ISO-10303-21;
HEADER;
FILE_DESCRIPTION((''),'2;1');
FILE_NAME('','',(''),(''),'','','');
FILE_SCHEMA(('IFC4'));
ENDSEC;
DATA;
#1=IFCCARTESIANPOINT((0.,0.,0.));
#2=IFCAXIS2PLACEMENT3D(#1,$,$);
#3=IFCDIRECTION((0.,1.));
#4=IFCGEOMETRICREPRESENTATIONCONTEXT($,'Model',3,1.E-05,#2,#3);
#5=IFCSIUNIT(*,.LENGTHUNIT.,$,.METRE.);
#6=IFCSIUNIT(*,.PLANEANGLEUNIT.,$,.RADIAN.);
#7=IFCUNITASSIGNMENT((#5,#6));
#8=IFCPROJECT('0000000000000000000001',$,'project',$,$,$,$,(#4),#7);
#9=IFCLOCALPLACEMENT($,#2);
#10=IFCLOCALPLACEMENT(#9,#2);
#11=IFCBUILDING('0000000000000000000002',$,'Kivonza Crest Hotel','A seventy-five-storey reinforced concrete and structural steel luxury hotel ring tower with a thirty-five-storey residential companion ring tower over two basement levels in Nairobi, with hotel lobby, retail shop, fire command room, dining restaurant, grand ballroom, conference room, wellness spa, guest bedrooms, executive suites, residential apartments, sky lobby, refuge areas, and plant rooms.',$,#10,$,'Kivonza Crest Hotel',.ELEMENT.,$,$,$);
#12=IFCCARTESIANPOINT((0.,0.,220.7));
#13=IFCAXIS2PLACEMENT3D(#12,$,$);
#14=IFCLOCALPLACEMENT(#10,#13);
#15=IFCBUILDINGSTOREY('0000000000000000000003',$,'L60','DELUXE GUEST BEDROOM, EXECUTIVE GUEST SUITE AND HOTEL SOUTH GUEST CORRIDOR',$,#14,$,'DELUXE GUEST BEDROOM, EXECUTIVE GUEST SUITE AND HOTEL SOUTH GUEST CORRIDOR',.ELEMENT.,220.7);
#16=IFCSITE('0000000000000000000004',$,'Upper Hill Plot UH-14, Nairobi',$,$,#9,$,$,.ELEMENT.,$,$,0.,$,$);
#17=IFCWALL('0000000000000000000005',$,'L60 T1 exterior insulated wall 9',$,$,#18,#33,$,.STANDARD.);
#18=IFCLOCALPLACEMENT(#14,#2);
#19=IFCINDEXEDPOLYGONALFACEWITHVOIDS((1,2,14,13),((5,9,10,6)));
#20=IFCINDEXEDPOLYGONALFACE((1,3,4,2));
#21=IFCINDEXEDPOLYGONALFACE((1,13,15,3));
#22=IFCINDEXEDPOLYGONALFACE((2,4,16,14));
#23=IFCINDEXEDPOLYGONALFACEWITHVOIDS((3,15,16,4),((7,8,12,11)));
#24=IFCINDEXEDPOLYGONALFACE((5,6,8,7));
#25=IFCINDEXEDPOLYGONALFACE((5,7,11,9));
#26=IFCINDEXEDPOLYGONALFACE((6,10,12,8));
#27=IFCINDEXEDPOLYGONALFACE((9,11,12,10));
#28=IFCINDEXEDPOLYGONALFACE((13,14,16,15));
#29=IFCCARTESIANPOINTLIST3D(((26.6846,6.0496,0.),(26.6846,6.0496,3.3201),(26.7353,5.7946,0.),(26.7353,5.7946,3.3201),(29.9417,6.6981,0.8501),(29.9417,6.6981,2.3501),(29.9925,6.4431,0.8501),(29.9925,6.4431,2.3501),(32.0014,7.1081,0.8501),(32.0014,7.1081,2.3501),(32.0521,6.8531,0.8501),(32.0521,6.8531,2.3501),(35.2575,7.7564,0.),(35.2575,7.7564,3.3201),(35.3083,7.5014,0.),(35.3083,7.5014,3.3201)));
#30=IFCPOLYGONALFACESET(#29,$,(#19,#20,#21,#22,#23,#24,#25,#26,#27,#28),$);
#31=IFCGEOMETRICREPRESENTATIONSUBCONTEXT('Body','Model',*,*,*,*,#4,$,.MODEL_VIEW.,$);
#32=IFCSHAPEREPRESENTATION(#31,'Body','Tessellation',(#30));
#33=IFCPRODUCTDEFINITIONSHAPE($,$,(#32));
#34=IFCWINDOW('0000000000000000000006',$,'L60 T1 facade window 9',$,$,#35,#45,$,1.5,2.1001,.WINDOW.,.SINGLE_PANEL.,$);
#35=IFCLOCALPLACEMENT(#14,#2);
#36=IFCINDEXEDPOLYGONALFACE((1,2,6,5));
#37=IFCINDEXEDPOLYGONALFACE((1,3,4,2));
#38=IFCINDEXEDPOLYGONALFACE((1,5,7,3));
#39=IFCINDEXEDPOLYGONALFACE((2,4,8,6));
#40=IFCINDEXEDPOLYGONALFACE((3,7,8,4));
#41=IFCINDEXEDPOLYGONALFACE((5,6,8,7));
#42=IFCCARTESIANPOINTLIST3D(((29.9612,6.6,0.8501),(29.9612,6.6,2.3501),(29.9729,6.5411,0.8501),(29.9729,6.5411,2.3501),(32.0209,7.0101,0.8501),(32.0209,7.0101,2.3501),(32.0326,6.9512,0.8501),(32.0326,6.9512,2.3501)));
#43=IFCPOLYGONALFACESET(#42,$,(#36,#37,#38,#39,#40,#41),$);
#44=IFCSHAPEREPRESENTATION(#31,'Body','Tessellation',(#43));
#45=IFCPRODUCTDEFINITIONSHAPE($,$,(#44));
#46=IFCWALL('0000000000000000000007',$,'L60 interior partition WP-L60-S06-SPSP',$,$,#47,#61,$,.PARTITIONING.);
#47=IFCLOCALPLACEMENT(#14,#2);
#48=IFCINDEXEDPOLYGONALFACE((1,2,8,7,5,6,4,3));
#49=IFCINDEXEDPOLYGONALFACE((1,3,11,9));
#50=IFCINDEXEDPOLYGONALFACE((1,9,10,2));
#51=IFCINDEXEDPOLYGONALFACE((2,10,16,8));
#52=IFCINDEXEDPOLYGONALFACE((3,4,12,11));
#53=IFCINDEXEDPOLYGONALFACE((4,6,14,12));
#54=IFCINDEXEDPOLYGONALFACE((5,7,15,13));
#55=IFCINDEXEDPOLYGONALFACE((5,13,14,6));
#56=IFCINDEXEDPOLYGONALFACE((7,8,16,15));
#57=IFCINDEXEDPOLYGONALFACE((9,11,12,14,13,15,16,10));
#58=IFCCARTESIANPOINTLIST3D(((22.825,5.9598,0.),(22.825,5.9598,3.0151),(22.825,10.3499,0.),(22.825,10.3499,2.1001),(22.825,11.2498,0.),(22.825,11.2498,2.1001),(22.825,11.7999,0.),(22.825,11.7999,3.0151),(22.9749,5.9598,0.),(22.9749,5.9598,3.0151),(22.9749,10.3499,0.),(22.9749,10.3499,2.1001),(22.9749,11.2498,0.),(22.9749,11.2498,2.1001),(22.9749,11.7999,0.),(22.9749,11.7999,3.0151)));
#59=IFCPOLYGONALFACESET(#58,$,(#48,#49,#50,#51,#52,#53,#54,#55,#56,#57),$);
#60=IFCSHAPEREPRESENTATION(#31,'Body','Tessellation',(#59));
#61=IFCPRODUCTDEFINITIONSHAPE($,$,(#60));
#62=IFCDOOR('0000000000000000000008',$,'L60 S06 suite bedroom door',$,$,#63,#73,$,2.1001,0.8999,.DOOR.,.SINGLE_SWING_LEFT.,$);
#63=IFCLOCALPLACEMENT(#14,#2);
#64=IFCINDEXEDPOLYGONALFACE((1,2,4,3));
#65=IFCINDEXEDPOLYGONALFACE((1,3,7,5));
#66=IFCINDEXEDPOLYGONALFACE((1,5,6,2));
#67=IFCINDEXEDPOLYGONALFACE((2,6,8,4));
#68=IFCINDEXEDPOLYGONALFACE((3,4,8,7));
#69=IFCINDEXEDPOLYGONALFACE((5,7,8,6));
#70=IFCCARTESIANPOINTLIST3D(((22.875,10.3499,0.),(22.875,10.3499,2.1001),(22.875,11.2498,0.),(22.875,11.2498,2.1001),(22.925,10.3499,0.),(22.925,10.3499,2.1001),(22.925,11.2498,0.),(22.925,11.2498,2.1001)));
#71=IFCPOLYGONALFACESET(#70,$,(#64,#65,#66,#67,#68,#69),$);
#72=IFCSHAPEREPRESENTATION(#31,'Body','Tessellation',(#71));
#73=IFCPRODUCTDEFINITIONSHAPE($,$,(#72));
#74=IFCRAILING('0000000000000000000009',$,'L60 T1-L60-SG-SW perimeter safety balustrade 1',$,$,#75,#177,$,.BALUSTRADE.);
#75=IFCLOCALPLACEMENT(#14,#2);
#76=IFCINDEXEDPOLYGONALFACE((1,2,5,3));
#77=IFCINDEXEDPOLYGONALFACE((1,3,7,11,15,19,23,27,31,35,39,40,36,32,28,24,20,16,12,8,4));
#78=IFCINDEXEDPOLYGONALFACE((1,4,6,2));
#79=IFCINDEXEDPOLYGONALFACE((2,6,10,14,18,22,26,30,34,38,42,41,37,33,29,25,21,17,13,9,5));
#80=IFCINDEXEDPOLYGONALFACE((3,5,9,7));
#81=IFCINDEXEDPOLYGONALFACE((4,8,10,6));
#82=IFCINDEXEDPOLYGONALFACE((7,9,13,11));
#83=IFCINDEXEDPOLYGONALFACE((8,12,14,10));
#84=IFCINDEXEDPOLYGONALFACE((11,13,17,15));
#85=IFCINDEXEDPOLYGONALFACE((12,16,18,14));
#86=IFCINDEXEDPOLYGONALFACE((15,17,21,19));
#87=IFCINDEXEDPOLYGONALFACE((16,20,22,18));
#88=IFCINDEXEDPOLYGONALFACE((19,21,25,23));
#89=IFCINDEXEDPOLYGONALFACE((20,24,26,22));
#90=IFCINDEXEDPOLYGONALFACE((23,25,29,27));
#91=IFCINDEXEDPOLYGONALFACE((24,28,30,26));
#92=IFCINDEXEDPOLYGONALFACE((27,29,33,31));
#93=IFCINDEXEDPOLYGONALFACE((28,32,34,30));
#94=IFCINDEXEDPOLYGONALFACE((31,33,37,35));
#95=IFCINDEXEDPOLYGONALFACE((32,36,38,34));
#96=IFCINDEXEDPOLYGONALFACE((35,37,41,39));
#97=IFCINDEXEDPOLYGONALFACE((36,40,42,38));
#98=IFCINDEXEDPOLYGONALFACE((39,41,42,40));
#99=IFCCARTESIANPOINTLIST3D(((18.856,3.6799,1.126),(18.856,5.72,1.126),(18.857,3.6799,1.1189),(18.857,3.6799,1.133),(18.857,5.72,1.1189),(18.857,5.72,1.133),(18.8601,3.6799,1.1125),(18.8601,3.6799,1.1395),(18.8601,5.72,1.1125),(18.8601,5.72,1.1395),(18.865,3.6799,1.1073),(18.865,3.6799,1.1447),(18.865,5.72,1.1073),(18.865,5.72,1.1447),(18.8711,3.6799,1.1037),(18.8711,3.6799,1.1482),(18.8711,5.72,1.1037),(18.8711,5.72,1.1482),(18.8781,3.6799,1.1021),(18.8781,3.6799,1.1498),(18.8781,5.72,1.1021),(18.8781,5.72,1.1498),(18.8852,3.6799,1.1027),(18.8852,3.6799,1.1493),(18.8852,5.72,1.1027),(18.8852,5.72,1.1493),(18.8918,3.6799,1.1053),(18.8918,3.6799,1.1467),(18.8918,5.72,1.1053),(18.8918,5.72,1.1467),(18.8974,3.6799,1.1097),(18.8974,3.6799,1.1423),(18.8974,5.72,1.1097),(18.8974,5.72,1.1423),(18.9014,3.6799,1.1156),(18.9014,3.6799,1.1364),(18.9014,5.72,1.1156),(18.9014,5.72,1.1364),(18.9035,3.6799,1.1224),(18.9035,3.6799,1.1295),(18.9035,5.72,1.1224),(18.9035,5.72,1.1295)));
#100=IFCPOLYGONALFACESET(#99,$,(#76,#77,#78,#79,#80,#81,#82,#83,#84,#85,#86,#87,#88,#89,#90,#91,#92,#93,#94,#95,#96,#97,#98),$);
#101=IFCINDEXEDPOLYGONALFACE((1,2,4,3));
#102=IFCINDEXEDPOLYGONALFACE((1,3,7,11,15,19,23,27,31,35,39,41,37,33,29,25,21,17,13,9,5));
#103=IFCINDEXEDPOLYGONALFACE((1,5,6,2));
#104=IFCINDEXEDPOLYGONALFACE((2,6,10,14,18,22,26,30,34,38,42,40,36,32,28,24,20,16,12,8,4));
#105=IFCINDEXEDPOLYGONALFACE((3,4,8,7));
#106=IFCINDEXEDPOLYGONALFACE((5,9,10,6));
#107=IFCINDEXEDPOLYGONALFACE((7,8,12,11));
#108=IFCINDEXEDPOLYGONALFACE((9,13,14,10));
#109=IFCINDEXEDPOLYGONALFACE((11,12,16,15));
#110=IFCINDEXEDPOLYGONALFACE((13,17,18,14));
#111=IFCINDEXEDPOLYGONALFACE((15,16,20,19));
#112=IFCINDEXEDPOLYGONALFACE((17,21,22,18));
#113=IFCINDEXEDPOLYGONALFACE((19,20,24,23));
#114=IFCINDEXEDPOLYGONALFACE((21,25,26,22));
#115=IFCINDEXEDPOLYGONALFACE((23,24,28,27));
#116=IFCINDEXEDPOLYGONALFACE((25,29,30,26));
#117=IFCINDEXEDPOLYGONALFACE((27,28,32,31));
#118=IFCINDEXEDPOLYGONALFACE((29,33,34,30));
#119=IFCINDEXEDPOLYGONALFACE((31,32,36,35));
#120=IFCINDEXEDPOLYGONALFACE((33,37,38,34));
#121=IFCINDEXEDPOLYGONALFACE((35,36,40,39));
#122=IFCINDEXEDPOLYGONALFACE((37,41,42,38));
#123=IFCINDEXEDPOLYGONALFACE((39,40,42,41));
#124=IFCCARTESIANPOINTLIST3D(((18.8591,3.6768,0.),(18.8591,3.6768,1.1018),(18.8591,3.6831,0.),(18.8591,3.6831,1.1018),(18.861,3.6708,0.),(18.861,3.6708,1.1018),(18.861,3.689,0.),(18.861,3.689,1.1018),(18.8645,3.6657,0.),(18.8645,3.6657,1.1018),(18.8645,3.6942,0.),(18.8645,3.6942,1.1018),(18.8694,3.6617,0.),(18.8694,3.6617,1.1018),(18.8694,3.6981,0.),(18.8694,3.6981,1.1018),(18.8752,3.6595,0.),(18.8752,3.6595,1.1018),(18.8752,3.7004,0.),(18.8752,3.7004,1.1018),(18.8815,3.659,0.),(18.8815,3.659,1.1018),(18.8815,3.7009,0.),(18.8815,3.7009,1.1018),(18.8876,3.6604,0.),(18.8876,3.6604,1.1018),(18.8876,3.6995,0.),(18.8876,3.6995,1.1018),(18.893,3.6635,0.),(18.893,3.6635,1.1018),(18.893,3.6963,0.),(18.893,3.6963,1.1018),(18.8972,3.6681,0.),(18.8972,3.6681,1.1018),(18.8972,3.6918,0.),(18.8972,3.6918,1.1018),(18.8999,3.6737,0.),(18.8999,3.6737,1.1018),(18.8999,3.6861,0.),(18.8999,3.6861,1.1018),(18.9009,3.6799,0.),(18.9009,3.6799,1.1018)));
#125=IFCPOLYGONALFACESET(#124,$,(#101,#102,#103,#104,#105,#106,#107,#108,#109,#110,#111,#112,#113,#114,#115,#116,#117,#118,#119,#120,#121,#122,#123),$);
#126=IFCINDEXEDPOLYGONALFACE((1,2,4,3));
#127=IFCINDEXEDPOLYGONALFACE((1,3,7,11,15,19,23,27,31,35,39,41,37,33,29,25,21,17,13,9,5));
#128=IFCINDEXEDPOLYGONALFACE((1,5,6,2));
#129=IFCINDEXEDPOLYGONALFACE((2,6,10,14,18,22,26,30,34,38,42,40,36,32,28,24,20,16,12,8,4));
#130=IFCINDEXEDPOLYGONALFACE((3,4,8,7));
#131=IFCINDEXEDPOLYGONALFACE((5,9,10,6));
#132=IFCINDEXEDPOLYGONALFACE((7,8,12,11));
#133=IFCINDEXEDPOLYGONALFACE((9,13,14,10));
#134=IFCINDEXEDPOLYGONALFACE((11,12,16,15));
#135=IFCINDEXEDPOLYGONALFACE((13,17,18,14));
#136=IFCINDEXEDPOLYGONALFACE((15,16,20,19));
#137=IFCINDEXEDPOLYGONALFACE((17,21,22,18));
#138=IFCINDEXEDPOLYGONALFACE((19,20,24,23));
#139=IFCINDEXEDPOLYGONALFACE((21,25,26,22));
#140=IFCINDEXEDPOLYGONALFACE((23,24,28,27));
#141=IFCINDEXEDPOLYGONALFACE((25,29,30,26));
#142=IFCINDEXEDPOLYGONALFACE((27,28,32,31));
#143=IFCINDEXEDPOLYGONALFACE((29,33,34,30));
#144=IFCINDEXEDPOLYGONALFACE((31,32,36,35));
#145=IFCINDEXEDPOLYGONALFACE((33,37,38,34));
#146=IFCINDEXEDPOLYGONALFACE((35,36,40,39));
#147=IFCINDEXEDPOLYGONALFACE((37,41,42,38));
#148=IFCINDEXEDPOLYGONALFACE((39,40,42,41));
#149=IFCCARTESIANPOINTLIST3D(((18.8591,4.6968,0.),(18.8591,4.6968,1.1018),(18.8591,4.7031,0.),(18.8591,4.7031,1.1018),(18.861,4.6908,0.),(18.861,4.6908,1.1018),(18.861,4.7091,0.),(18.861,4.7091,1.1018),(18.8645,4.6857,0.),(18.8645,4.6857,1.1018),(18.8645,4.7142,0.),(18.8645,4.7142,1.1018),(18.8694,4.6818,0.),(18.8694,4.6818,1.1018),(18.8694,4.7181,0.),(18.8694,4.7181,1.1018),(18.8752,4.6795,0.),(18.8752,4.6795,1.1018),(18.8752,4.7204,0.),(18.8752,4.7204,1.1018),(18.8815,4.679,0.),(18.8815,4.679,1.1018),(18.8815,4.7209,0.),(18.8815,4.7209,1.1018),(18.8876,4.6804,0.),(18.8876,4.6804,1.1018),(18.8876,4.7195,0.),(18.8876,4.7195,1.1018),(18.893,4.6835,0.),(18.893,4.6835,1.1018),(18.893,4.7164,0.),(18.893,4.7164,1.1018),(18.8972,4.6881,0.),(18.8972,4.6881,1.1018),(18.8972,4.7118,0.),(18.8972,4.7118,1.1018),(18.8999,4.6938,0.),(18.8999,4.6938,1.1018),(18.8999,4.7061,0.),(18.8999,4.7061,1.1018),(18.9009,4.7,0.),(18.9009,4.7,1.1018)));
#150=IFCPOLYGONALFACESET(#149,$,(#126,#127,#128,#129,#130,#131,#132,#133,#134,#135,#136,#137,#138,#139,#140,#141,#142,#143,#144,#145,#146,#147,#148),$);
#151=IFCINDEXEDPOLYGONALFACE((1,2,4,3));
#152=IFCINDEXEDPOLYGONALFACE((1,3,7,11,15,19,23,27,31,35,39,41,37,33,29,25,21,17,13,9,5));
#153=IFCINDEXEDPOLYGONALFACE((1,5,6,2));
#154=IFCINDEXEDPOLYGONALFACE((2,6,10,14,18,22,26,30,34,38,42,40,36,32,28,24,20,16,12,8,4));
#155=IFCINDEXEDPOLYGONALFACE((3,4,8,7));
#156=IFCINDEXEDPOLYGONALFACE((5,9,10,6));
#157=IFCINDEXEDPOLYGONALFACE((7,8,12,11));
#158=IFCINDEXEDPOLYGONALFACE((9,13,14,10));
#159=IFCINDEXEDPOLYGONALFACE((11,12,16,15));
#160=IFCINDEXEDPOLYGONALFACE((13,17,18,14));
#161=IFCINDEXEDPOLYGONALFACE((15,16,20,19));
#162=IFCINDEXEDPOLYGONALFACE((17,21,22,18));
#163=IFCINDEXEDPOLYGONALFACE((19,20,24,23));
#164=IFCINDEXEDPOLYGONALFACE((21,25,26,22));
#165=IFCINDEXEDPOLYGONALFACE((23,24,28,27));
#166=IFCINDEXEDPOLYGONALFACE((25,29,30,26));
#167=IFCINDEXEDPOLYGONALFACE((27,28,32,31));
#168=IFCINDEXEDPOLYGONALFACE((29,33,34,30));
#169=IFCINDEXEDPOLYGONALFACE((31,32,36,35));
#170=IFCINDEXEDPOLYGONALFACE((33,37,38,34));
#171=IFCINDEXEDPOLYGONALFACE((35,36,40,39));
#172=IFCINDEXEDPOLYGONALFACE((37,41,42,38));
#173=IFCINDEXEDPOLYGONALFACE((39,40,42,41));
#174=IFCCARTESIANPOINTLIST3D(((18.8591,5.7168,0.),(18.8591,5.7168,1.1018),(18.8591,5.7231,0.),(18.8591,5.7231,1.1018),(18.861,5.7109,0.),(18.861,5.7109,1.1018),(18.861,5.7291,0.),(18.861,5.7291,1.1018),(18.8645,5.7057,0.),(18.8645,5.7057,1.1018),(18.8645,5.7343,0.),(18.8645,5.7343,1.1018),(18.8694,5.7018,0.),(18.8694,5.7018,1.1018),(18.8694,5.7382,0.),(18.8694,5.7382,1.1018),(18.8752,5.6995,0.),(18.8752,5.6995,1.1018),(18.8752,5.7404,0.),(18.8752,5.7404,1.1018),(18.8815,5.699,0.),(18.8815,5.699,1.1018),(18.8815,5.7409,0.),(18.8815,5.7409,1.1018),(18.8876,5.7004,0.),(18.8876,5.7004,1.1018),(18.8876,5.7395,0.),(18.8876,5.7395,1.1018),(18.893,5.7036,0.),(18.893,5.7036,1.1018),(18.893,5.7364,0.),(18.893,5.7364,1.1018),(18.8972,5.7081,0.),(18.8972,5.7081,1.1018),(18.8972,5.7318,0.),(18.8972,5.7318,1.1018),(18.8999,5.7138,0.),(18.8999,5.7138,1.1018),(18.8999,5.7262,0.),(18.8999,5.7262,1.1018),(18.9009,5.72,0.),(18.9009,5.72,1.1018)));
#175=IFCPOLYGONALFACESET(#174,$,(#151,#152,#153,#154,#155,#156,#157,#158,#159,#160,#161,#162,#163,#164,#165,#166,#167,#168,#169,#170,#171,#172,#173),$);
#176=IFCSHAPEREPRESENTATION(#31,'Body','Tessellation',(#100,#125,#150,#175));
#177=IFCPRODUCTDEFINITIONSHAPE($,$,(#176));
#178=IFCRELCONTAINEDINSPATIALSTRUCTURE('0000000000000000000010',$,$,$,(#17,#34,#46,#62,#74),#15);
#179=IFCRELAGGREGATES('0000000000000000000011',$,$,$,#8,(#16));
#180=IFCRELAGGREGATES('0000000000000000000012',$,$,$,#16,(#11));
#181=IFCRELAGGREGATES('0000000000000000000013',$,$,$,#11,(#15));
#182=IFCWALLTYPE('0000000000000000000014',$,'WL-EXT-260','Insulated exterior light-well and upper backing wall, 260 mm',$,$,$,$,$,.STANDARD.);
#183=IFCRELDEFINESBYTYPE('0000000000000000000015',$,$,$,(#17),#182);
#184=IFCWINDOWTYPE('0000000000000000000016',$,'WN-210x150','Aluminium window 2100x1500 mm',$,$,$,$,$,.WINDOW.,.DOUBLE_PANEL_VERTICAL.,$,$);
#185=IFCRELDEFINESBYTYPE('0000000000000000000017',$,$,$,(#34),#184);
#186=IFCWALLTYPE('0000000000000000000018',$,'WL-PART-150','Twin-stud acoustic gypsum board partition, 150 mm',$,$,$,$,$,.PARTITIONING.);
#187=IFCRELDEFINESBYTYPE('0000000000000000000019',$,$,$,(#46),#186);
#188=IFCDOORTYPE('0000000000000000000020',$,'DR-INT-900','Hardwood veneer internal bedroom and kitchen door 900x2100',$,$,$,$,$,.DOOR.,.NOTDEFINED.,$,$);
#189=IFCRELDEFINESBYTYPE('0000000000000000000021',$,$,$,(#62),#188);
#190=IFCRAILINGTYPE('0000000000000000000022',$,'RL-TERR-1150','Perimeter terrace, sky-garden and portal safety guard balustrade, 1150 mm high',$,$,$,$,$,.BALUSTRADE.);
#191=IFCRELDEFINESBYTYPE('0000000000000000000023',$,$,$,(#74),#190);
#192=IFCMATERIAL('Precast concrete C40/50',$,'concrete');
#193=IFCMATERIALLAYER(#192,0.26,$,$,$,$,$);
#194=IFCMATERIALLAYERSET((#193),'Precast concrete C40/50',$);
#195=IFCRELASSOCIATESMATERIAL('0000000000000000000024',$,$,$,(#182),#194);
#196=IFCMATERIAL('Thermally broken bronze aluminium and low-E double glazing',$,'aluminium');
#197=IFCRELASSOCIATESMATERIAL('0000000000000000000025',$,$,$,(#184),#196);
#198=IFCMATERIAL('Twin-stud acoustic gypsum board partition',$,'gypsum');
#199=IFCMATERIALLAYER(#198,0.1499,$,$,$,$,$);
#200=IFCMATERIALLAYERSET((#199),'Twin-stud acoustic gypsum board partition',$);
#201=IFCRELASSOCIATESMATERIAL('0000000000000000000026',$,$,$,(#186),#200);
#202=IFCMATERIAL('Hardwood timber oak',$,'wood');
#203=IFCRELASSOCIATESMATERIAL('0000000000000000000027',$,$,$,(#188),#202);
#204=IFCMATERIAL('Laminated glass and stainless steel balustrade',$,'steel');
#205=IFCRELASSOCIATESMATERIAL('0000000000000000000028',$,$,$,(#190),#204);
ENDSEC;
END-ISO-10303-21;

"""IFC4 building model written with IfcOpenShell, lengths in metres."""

from ifc_helpers import new_model, si_unit, direction, frame, frame_2d, origin, origin_2d, place, context, subcontext, project, spatial, rectangle, circle, extrude, material, layer, layer_set, type_object, element, fill, save


model = new_model("IFC4")

# Units and contexts
model_context = context("Model", 3, precision=1e-05, world=origin(), true_north=direction((0.0, 1.0)))
body_context = subcontext(model_context, "Body", "Model", "MODEL_VIEW")
ifc_project = project(units=[si_unit("LENGTHUNIT", "METRE"), si_unit("PLANEANGLEUNIT", "RADIAN")], contexts=[model_context])

# Site, building, storey
site_placement = place(None, origin())
site = spatial("IfcSite", under=ifc_project, at=site_placement, Name="Upper Hill Plot UH-14, Nairobi", CompositionType="ELEMENT", RefElevation=0.0)
building_placement = place(site_placement, origin())
building = spatial("IfcBuilding", under=site, at=building_placement, Name="Kivonza Crest Hotel", Description="A seventy-five-storey reinforced concrete and structural steel luxury hotel ring tower with a thirty-five-storey residential companion ring tower over two basement levels in Nairobi, with hotel lobby, retail shop, fire command room, dining restaurant, grand ballroom, conference room, wellness spa, guest bedrooms, executive suites, residential apartments, sky lobby, refuge areas, and plant rooms.", LongName="Kivonza Crest Hotel", CompositionType="ELEMENT")
storey_placement = place(building_placement, frame((0.0, 0.0, 220.7)))
storey = spatial("IfcBuildingStorey", under=building, at=storey_placement, Name="L60", Description="DELUXE GUEST BEDROOM, EXECUTIVE GUEST SUITE AND HOTEL SOUTH GUEST CORRIDOR", LongName="DELUXE GUEST BEDROOM, EXECUTIVE GUEST SUITE AND HOTEL SOUTH GUEST CORRIDOR", CompositionType="ELEMENT", Elevation=220.7)

# Shared definitions
ifc_material_1 = material(Name="Hardwood timber oak", Category="wood")

# Wall, opening, window
ifc_material_2 = material(Name="Precast concrete C40/50", Category="concrete")
ifc_layer_1 = layer(ifc_material_2, 0.26)
ifc_layer_set_1 = layer_set([ifc_layer_1], Name="Precast concrete C40/50")
wall_type_1 = type_object("IfcWallType", Name="WL-EXT-260", Description="Insulated exterior light-well and upper backing wall, 260 mm", PredefinedType="STANDARD", material=ifc_layer_set_1)
wall_1_placement = place(storey_placement, frame((26.71, 5.9221, 0.0), z_axis=(0.0, 0.0, 1.0), x_axis=(0.980752, 0.195257, 0.0)))
wall_1 = element("IfcWall", 1, at=wall_1_placement, inside=storey, type_object=wall_type_1, Name="L60 T1 exterior insulated wall 9", PredefinedType="STANDARD", context=body_context, shape_type="SweptSolid", body=[
    extrude(rectangle(XDim=8.7412, YDim=0.26, at=frame_2d((4.3706, 0.0))), origin(), (0.0, 0.0, 1.0), 3.3201),
])
opening_1_placement = place(wall_1_placement, frame((3.321, 0.0, 0.8501)))
opening_1 = element("IfcOpeningElement", 2, at=opening_1_placement, cuts=wall_1, PredefinedType="OPENING", context=body_context, shape_type="SweptSolid", body=[
    extrude(rectangle(XDim=2.1001, YDim=1.5, at=frame_2d((1.05, 0.75))), frame((0.0, 0.1401, 0.0), z_axis=(0.0, -1.0, 0.0), x_axis=(1.0, 0.0, 0.0)), (0.0, 0.0, 1.0), 0.28),
])
ifc_material_3 = material(Name="Thermally broken bronze aluminium and low-E double glazing", Category="aluminium")
window_type = type_object("IfcWindowType", Name="WN-210x150", Description="Aluminium window 2100x1500 mm", PartitioningType="DOUBLE_PANEL_VERTICAL", PredefinedType="WINDOW", material=ifc_material_3)
window_placement = place(opening_1_placement, origin())
window = element("IfcWindow", 3, at=window_placement, inside=storey, type_object=window_type, Name="L60 T1 facade window 9", OverallHeight=1.5, OverallWidth=2.1001, PartitioningType="SINGLE_PANEL", PredefinedType="WINDOW", context=body_context, shape_type="SweptSolid", body=[
    extrude(rectangle(XDim=2.1001, YDim=1.5, at=frame_2d((1.05, 0.75))), frame((0.0, 0.03, 0.0), z_axis=(0.0, -1.0, 0.0), x_axis=(1.0, 0.0, 0.0)), (0.0, 0.0, 1.0), 0.0601),
])
fill(opening_1, window)

# Wall, opening, door
ifc_material_4 = material(Name="Twin-stud acoustic gypsum board partition", Category="gypsum")
ifc_layer_2 = layer(ifc_material_4, 0.1499)
ifc_layer_set_2 = layer_set([ifc_layer_2], Name="Twin-stud acoustic gypsum board partition")
wall_type_2 = type_object("IfcWallType", Name="WL-PART-150", Description="Twin-stud acoustic gypsum board partition, 150 mm", PredefinedType="PARTITIONING", material=ifc_layer_set_2)
wall_2_placement = place(storey_placement, frame((22.8999, 5.96, 0.0), z_axis=(0.0, 0.0, 1.0), x_axis=(0.0, 1.0, 0.0)))
wall_2 = element("IfcWall", 4, at=wall_2_placement, inside=storey, type_object=wall_type_2, Name="L60 interior partition WP-L60-S06-SPSP", PredefinedType="PARTITIONING", context=body_context, shape_type="SweptSolid", body=[
    extrude(rectangle(XDim=5.8401, YDim=0.1499, at=frame_2d((2.9199, 0.0))), origin(), (0.0, 0.0, 1.0), 3.0151),
])
opening_2_placement = place(wall_2_placement, frame((4.3899, 0.0, 0.0)))
opening_2 = element("IfcOpeningElement", 5, at=opening_2_placement, cuts=wall_2, PredefinedType="OPENING", context=body_context, shape_type="SweptSolid", body=[
    extrude(rectangle(XDim=0.8999, YDim=2.1001, at=frame_2d((0.45, 1.05))), frame((0.0, 0.085, 0.0), z_axis=(0.0, -1.0, 0.0), x_axis=(1.0, 0.0, 0.0)), (0.0, 0.0, 1.0), 0.1699),
])
door_type_1 = type_object("IfcDoorType", Name="DR-INT-900", Description="Hardwood veneer internal bedroom and kitchen door 900x2100", OperationType="NOTDEFINED", PredefinedType="DOOR", material=ifc_material_1)
door_1_placement = place(opening_2_placement, origin())
door_1 = element("IfcDoor", 6, at=door_1_placement, inside=storey, type_object=door_type_1, Name="L60 S06 suite bedroom door", OperationType="SINGLE_SWING_LEFT", OverallHeight=2.1001, OverallWidth=0.8999, PredefinedType="DOOR", context=body_context, shape_type="SweptSolid", body=[
    extrude(rectangle(XDim=0.8999, YDim=2.1001, at=frame_2d((0.45, 1.05))), frame((0.0, 0.0249, 0.0), z_axis=(0.0, -1.0, 0.0), x_axis=(1.0, 0.0, 0.0)), (0.0, 0.0, 1.0), 0.05),
])
fill(opening_2, door_1)

# Railing
ifc_material_5 = material(Name="Laminated glass and stainless steel balustrade", Category="steel")
railing_type = type_object("IfcRailingType", Name="RL-TERR-1150", Description="Perimeter terrace, sky-garden and portal safety guard balustrade, 1150 mm high", PredefinedType="BALUSTRADE", material=ifc_material_5)
railing_1_placement = place(storey_placement, frame((18.8799, 3.6799, 0.0)))
element("IfcRailing", 7, at=railing_1_placement, inside=storey, type_object=railing_type, Name="L60 T1-L60-SG-SW perimeter safety balustrade 1", PredefinedType="BALUSTRADE", context=body_context, shape_type="SweptSolid", body=[
    extrude(circle(Radius=0.0239, at=origin_2d()), frame((0.0, 0.0, 1.126), z_axis=(0.0, 1.0, 0.0), x_axis=(-1.0, 0.0, 0.0)), (0.0, 0.0, 1.0), 2.04),
    extrude(circle(Radius=0.021, at=origin_2d()), origin(), (0.0, 0.0, 1.0), 1.1018),
    extrude(circle(Radius=0.021, at=origin_2d()), frame((0.0, 1.02, 0.0)), (0.0, 0.0, 1.0), 1.1018),
    extrude(circle(Radius=0.021, at=origin_2d()), frame((0.0, 2.04, 0.0)), (0.0, 0.0, 1.0), 1.1018),
])

save(model, "model.ifc")
